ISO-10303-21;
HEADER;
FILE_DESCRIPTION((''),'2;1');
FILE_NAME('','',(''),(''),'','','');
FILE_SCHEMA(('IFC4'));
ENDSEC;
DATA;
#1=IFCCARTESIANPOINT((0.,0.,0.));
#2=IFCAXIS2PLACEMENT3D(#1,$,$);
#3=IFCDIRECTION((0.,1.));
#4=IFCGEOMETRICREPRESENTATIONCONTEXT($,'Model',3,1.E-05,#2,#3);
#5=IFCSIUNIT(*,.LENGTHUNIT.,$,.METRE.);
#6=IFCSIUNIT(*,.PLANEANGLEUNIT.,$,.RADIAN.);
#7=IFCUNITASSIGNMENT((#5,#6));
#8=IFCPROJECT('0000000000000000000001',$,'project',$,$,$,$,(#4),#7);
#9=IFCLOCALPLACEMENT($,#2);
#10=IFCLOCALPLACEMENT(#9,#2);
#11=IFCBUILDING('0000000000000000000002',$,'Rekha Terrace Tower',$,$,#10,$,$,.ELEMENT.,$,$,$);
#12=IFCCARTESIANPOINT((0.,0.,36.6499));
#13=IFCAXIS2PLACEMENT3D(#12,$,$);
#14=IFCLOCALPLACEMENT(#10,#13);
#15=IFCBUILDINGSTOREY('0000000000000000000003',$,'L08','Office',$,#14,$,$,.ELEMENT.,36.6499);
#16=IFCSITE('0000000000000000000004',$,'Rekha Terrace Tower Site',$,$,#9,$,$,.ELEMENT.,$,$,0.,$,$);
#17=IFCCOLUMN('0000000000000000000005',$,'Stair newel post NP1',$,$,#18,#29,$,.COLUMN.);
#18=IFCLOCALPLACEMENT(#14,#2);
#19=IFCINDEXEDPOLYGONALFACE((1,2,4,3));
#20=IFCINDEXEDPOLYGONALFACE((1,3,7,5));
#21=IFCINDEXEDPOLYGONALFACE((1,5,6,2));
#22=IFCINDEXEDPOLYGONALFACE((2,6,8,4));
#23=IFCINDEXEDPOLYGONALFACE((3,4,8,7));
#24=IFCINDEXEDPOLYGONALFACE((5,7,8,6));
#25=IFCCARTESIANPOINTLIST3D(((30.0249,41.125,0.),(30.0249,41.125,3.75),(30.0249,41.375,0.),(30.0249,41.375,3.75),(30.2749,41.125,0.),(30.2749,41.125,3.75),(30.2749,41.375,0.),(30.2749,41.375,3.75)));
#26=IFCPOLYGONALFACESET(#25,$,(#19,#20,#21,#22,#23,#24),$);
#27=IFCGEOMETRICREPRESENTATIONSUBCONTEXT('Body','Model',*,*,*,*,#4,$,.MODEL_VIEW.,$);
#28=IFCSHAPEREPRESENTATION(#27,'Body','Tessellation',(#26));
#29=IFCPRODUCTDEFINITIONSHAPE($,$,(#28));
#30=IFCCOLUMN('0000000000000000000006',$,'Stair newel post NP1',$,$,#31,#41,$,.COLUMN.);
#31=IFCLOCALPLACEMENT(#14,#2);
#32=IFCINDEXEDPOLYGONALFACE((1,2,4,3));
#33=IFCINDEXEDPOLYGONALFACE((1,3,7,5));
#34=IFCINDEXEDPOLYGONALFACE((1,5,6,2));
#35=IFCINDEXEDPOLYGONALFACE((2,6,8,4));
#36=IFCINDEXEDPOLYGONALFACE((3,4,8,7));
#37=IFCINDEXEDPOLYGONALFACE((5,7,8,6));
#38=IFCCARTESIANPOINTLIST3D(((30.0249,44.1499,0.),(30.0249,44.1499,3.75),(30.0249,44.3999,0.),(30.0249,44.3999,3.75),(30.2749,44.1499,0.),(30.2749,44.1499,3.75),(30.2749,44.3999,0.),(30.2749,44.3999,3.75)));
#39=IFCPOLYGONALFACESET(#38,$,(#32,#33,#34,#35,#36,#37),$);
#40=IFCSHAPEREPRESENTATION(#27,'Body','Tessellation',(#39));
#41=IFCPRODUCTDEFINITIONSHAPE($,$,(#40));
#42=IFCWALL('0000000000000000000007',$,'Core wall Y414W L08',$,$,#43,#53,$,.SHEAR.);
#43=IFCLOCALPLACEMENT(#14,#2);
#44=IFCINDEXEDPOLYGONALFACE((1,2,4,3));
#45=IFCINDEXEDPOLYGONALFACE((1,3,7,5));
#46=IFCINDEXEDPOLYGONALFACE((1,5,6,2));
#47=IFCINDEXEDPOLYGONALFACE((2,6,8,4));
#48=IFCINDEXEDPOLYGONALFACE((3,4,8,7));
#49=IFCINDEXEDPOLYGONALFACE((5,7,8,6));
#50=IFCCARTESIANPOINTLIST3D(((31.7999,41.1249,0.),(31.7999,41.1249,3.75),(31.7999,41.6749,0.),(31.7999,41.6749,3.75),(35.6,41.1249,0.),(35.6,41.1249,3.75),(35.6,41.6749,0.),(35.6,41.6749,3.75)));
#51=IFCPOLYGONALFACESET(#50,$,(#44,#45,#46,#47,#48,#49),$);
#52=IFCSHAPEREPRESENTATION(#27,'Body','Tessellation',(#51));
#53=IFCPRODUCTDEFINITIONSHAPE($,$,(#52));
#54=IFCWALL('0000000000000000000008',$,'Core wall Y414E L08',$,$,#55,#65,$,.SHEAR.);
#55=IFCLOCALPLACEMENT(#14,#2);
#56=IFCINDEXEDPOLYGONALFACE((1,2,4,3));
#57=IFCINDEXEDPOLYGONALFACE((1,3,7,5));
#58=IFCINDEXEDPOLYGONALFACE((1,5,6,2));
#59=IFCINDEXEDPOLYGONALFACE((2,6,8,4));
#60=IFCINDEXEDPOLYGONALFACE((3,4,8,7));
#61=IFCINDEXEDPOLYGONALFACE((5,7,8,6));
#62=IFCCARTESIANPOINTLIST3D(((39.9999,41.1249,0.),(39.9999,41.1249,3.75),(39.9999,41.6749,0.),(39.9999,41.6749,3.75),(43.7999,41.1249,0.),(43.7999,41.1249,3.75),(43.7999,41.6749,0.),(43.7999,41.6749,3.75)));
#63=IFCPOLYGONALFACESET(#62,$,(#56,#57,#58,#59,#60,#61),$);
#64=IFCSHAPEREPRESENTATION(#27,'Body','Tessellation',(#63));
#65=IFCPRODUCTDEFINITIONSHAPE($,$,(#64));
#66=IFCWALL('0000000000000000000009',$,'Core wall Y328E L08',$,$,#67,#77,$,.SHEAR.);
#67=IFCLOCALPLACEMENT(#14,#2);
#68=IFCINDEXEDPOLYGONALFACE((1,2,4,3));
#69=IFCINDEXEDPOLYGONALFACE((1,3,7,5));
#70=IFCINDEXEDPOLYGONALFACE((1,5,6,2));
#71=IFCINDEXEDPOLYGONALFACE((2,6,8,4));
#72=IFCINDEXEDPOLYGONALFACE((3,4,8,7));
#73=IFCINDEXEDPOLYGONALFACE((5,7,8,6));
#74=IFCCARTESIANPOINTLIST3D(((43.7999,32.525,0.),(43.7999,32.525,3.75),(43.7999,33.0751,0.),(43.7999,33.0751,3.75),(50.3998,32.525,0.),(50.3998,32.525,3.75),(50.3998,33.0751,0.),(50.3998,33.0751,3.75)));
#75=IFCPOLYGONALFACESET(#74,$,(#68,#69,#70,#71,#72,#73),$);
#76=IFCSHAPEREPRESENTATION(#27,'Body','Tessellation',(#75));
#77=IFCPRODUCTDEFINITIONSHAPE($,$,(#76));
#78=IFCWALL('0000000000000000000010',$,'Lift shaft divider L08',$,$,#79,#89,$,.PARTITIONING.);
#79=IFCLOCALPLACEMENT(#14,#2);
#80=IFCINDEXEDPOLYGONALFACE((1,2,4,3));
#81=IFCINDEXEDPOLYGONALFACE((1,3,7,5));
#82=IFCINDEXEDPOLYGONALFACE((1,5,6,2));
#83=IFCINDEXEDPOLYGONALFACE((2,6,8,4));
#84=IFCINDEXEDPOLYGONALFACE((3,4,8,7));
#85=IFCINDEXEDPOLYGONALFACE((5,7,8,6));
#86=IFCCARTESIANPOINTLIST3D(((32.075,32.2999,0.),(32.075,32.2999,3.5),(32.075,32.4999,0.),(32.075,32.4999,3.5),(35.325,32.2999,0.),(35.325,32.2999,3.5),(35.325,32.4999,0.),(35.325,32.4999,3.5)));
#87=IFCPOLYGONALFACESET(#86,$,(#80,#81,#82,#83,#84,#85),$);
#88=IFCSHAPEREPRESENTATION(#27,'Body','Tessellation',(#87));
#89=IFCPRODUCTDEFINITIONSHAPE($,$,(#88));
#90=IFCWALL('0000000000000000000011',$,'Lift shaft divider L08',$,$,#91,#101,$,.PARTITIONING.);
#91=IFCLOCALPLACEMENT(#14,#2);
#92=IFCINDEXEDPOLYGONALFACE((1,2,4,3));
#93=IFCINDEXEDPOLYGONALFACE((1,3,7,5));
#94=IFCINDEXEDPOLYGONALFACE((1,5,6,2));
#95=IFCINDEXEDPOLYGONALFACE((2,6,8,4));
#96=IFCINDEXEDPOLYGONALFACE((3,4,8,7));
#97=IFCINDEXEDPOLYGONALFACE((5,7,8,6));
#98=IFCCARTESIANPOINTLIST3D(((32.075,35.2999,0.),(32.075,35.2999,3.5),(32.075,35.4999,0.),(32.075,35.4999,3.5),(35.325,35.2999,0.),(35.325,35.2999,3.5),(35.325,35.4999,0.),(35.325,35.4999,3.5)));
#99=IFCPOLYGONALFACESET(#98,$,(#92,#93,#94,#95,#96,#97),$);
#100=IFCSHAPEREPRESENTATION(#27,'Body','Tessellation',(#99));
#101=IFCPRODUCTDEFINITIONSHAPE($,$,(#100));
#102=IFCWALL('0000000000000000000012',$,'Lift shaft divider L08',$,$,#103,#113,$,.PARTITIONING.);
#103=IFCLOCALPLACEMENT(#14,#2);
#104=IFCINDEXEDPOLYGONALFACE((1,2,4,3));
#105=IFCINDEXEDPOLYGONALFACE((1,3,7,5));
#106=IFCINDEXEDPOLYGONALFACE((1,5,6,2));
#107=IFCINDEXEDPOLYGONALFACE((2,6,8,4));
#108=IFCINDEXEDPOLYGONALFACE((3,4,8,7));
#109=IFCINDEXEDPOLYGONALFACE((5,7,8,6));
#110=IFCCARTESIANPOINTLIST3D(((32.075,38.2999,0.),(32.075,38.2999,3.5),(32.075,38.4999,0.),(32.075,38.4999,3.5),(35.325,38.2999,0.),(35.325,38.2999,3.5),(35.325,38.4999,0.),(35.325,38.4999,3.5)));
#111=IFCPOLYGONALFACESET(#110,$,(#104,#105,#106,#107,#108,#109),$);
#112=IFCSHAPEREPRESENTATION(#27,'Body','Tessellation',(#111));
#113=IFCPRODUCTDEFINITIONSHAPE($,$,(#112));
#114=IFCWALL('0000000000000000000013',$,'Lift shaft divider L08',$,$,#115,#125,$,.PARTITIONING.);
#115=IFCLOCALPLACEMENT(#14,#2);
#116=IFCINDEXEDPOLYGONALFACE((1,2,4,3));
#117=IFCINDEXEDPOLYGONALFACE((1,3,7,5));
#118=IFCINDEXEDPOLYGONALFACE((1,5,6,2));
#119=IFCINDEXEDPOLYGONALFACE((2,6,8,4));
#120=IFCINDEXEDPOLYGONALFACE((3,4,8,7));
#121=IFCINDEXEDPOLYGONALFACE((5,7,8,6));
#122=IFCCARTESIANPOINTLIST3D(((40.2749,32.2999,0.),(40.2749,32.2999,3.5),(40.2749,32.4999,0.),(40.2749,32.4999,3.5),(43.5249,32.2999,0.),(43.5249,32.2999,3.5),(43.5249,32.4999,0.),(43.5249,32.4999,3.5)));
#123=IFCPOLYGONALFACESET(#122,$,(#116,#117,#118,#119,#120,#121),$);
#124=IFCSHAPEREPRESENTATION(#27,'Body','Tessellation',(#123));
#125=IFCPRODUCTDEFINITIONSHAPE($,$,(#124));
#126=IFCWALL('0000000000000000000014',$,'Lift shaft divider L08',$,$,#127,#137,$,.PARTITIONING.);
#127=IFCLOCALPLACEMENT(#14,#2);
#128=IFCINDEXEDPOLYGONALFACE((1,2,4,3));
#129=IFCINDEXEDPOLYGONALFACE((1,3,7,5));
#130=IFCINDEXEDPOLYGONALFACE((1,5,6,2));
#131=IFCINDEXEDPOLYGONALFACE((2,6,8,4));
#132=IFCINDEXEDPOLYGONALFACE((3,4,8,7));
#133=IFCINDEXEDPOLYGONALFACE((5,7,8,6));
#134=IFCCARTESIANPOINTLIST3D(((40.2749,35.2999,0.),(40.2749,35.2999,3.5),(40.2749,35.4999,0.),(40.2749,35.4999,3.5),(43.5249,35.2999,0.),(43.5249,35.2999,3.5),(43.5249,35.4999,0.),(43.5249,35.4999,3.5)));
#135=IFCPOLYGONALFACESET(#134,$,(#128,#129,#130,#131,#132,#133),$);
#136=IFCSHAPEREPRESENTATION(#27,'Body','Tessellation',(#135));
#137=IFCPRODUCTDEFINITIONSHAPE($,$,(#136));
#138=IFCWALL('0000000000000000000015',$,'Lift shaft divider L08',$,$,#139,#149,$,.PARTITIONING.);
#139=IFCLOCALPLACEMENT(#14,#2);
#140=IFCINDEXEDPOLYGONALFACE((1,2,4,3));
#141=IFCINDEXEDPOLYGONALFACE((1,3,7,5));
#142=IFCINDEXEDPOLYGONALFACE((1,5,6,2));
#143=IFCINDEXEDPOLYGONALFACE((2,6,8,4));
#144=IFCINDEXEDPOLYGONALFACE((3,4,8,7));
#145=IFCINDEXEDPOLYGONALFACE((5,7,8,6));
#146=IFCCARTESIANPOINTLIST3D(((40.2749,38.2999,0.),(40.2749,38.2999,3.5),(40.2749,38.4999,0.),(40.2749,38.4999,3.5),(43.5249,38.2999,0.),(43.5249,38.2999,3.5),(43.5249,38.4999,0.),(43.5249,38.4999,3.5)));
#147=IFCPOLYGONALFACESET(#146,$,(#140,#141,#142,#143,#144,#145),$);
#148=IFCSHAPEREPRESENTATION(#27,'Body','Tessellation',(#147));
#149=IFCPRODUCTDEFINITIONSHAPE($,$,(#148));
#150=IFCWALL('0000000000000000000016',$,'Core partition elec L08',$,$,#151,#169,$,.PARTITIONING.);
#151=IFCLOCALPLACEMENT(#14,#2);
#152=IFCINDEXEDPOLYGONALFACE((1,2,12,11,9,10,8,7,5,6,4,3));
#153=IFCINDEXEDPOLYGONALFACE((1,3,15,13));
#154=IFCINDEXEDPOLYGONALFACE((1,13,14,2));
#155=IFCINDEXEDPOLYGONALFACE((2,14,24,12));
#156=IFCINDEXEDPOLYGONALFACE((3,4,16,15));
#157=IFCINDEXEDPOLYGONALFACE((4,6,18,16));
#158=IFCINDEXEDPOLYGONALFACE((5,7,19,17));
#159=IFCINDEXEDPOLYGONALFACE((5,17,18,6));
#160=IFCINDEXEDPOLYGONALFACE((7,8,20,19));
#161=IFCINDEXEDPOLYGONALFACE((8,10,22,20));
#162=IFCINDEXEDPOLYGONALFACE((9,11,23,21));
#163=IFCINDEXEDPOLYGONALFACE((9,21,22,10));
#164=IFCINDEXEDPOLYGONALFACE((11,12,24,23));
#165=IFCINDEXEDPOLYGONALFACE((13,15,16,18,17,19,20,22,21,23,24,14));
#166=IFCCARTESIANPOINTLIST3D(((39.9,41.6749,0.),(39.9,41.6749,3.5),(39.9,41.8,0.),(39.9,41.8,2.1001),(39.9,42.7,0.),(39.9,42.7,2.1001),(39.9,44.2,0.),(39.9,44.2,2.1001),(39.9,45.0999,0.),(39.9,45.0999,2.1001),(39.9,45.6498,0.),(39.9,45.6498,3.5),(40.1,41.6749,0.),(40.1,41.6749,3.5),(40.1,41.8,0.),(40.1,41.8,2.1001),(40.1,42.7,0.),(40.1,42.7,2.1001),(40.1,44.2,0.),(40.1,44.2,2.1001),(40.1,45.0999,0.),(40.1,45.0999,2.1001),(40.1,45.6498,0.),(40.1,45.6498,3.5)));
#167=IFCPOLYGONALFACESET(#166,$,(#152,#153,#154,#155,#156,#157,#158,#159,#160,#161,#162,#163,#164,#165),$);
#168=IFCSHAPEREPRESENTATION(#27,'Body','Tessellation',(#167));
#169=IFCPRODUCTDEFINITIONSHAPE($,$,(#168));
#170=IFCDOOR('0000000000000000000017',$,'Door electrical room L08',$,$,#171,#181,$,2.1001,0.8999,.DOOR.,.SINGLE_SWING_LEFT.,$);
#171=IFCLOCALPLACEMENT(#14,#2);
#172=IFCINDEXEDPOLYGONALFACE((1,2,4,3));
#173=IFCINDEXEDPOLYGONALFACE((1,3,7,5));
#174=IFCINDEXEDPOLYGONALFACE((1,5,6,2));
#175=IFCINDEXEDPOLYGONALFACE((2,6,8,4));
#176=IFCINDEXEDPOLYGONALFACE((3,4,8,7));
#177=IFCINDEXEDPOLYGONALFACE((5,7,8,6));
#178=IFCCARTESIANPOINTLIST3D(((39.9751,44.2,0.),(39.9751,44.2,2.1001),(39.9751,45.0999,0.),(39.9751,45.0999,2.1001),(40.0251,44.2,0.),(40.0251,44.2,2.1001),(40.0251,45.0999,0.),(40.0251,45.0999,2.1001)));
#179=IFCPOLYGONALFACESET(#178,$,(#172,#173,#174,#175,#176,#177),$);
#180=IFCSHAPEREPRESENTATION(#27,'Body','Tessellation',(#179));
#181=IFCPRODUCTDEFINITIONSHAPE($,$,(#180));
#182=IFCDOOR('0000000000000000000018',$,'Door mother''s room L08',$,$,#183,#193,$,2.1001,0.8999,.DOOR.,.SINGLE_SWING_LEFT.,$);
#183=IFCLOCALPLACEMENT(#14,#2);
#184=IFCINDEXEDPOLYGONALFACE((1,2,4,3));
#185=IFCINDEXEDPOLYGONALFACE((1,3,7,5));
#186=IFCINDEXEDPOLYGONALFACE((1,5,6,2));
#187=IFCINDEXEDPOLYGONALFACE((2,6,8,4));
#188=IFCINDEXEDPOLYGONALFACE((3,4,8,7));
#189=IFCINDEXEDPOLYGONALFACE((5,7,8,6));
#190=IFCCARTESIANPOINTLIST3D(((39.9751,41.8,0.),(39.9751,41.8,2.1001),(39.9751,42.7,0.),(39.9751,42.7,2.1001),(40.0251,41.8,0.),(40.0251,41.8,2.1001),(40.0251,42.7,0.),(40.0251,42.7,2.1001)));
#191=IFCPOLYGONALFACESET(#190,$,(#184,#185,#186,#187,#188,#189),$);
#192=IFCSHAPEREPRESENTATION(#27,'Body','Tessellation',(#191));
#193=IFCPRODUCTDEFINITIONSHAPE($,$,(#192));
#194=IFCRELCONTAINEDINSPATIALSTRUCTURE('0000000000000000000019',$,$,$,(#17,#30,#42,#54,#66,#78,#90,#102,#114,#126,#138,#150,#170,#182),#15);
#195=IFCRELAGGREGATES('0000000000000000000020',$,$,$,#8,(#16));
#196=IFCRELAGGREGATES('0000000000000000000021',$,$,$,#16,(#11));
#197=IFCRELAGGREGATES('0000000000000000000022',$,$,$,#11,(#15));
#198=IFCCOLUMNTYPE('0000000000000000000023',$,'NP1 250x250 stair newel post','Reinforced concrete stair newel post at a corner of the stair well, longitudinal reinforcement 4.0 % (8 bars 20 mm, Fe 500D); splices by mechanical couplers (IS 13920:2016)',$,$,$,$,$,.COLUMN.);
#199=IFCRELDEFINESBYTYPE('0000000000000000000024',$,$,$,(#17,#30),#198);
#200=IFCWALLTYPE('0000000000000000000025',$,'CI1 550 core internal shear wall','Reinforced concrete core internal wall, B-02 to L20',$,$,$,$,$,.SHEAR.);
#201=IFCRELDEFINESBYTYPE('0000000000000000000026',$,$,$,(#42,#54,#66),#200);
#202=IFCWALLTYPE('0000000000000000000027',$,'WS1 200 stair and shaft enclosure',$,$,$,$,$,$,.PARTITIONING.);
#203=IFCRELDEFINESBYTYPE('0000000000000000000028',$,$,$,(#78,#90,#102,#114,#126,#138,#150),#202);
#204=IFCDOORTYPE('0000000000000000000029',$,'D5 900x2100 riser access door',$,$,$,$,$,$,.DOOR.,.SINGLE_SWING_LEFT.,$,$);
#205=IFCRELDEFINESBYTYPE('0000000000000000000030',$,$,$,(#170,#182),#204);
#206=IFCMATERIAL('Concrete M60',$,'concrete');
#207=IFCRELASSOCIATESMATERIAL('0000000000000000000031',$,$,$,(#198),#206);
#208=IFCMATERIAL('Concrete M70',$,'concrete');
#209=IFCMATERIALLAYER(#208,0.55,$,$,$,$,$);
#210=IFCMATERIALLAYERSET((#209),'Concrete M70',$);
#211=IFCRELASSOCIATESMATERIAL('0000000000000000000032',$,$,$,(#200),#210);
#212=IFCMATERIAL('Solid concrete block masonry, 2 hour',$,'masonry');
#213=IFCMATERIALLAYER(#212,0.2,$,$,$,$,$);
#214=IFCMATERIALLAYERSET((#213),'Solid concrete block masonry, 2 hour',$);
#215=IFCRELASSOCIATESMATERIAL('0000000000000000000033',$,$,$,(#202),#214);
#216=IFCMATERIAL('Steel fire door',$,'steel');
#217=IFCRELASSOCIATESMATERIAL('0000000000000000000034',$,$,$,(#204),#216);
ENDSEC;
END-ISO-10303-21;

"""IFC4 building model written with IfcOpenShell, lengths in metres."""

from ifc_helpers import new_model, si_unit, direction, frame, frame_2d, origin, origin_2d, place, context, subcontext, project, spatial, rectangle, extrude, material, layer, layer_set, material_profile, profile_set, type_object, element, fill, save


model = new_model("IFC4")

# Units and contexts
model_context = context("Model", 3, precision=1e-05, world=origin(), true_north=direction((0.0, 1.0)))
body_context = subcontext(model_context, "Body", "Model", "MODEL_VIEW")
ifc_project = project(units=[si_unit("LENGTHUNIT", "METRE"), si_unit("PLANEANGLEUNIT", "RADIAN")], contexts=[model_context])

# Site, building, storey
site_placement = place(None, origin())
site = spatial("IfcSite", under=ifc_project, at=site_placement, Name="Rekha Terrace Tower Site", CompositionType="ELEMENT", RefElevation=0.0)
building_placement = place(site_placement, origin())
building = spatial("IfcBuilding", under=site, at=building_placement, Name="Rekha Terrace Tower", CompositionType="ELEMENT")
storey_placement = place(building_placement, frame((0.0, 0.0, 36.6499)))
storey = spatial("IfcBuildingStorey", under=building, at=storey_placement, Name="L08", Description="Office", CompositionType="ELEMENT", Elevation=36.6499)

# Columns
ifc_material_1 = material(Name="Concrete M60", Category="concrete")
ifc_material_profile = material_profile(ifc_material_1, rectangle(XDim=0.25, YDim=0.25, at=origin_2d()), Name="RC 250x250")
ifc_profile_set = profile_set([ifc_material_profile], Name="Concrete M60")
column_type = type_object("IfcColumnType", Name="NP1 250x250 stair newel post", Description="Reinforced concrete stair newel post at a corner of the stair well, longitudinal reinforcement 4.0 % (8 bars 20 mm, Fe 500D); splices by mechanical couplers (IS 13920:2016)", PredefinedType="COLUMN", material=ifc_profile_set)
for number, where, z_axis, x_axis, name in (
    (1, (30.1499, 41.25, 0.0), (0.0, 0.0, 1.0), (1.0, 0.0, 0.0), "Stair newel post NP1"),
    (2, (30.1499, 44.2749, 0.0), (0.0, 0.0, 1.0), (1.0, 0.0, 0.0), "Stair newel post NP1"),
):
    element("IfcColumn", number, at=place(storey_placement, frame(where, z_axis=z_axis, x_axis=x_axis)), inside=storey, type_object=column_type, Name=name, PredefinedType="COLUMN", context=body_context, shape_type="SweptSolid", body=[
        extrude(rectangle(XDim=0.25, YDim=0.25, at=origin_2d()), origin(), (0.0, 0.0, 1.0), 3.75),
    ])

# Walls
ifc_material_2 = material(Name="Concrete M70", Category="concrete")
ifc_layer_1 = layer(ifc_material_2, 0.55)
ifc_layer_set_1 = layer_set([ifc_layer_1], Name="Concrete M70")
wall_type_1 = type_object("IfcWallType", Name="CI1 550 core internal shear wall", Description="Reinforced concrete core internal wall, B-02 to L20", PredefinedType="SHEAR", material=ifc_layer_set_1)
for number, where, z_axis, x_axis, name in (
    (3, (31.8, 41.3999, 0.0), (0.0, 0.0, 1.0), (1.0, 0.0, 0.0), "Core wall Y414W L08"),
    (4, (40.0, 41.3999, 0.0), (0.0, 0.0, 1.0), (1.0, 0.0, 0.0), "Core wall Y414E L08"),
):
    element("IfcWall", number, at=place(storey_placement, frame(where, z_axis=z_axis, x_axis=x_axis)), inside=storey, type_object=wall_type_1, Name=name, PredefinedType="SHEAR", context=body_context, shape_type="SweptSolid", body=[
        extrude(rectangle(XDim=3.8, YDim=0.55, at=frame_2d((1.8999, 0.0))), origin(), (0.0, 0.0, 1.0), 3.75),
    ])
wall_1_placement = place(storey_placement, frame((43.8, 32.8, 0.0), z_axis=(0.0, 0.0, 1.0), x_axis=(1.0, 0.0, 0.0)))
element("IfcWall", 5, at=wall_1_placement, inside=storey, type_object=wall_type_1, Name="Core wall Y328E L08", PredefinedType="SHEAR", context=body_context, shape_type="SweptSolid", body=[
    extrude(rectangle(XDim=6.5999, YDim=0.55, at=frame_2d((3.2998, 0.0))), origin(), (0.0, 0.0, 1.0), 3.75),
])
ifc_material_3 = material(Name="Solid concrete block masonry, 2 hour", Category="masonry")
ifc_layer_2 = layer(ifc_material_3, 0.2)
ifc_layer_set_2 = layer_set([ifc_layer_2], Name="Solid concrete block masonry, 2 hour")
wall_type_2 = type_object("IfcWallType", Name="WS1 200 stair and shaft enclosure", PredefinedType="PARTITIONING", material=ifc_layer_set_2)
for number, where, z_axis, x_axis, name in (
    (6, (32.075, 32.3999, 0.0), (0.0, 0.0, 1.0), (1.0, 0.0, 0.0), "Lift shaft divider L08"),
    (7, (32.075, 35.3999, 0.0), (0.0, 0.0, 1.0), (1.0, 0.0, 0.0), "Lift shaft divider L08"),
    (8, (32.075, 38.3999, 0.0), (0.0, 0.0, 1.0), (1.0, 0.0, 0.0), "Lift shaft divider L08"),
    (9, (40.2749, 32.3999, 0.0), (0.0, 0.0, 1.0), (1.0, 0.0, 0.0), "Lift shaft divider L08"),
    (10, (40.2749, 35.3999, 0.0), (0.0, 0.0, 1.0), (1.0, 0.0, 0.0), "Lift shaft divider L08"),
    (11, (40.2749, 38.3999, 0.0), (0.0, 0.0, 1.0), (1.0, 0.0, 0.0), "Lift shaft divider L08"),
):
    element("IfcWall", number, at=place(storey_placement, frame(where, z_axis=z_axis, x_axis=x_axis)), inside=storey, type_object=wall_type_2, Name=name, PredefinedType="PARTITIONING", context=body_context, shape_type="SweptSolid", body=[
        extrude(rectangle(XDim=3.25, YDim=0.2, at=frame_2d((1.625, 0.0))), origin(), (0.0, 0.0, 1.0), 3.5),
    ])

# Wall, openings, doors
wall_2_placement = place(storey_placement, frame((40.0, 41.675, 0.0), z_axis=(0.0, 0.0, 1.0), x_axis=(0.0, 1.0, 0.0)))
wall_2 = element("IfcWall", 12, at=wall_2_placement, inside=storey, type_object=wall_type_2, Name="Core partition elec L08", PredefinedType="PARTITIONING", context=body_context, shape_type="SweptSolid", body=[
    extrude(rectangle(XDim=3.9749, YDim=0.2, at=frame_2d((1.9873, 0.0))), origin(), (0.0, 0.0, 1.0), 3.5),
])
opening_1_placement = place(wall_2_placement, frame((2.5249, 0.0, 0.0)))
opening_1 = element("IfcOpeningElement", 13, at=opening_1_placement, cuts=wall_2, PredefinedType="OPENING", context=body_context, shape_type="SweptSolid", body=[
    extrude(rectangle(XDim=0.8999, YDim=2.1001, at=frame_2d((0.45, 1.05))), frame((0.0, 0.1099, 0.0), z_axis=(0.0, -1.0, 0.0), x_axis=(1.0, 0.0, 0.0)), (0.0, 0.0, 1.0), 0.22),
])
opening_2_placement = place(wall_2_placement, frame((0.125, 0.0, 0.0)))
opening_2 = element("IfcOpeningElement", 14, at=opening_2_placement, cuts=wall_2, PredefinedType="OPENING", context=body_context, shape_type="SweptSolid", body=[
    extrude(rectangle(XDim=0.8999, YDim=2.1001, at=frame_2d((0.45, 1.05))), frame((0.0, 0.1099, 0.0), z_axis=(0.0, -1.0, 0.0), x_axis=(1.0, 0.0, 0.0)), (0.0, 0.0, 1.0), 0.22),
])
ifc_material_4 = material(Name="Steel fire door", Category="steel")
door_type_1 = type_object("IfcDoorType", Name="D5 900x2100 riser access door", OperationType="SINGLE_SWING_LEFT", PredefinedType="DOOR", material=ifc_material_4)
door_1_placement = place(opening_1_placement, origin())
door_1 = element("IfcDoor", 15, at=door_1_placement, inside=storey, type_object=door_type_1, Name="Door electrical room L08", OperationType="SINGLE_SWING_LEFT", OverallHeight=2.1001, OverallWidth=0.8999, PredefinedType="DOOR", context=body_context, shape_type="SweptSolid", body=[
    extrude(rectangle(XDim=0.8999, YDim=2.1001, at=frame_2d((0.45, 1.05))), frame((0.0, 0.0249, 0.0), z_axis=(0.0, -1.0, 0.0), x_axis=(1.0, 0.0, 0.0)), (0.0, 0.0, 1.0), 0.05),
])
fill(opening_1, door_1)
door_2_placement = place(opening_2_placement, origin())
door_2 = element("IfcDoor", 16, at=door_2_placement, inside=storey, type_object=door_type_1, Name="Door mother's room L08", OperationType="SINGLE_SWING_LEFT", OverallHeight=2.1001, OverallWidth=0.8999, PredefinedType="DOOR", context=body_context, shape_type="SweptSolid", body=[
    extrude(rectangle(XDim=0.8999, YDim=2.1001, at=frame_2d((0.45, 1.05))), frame((0.0, 0.0249, 0.0), z_axis=(0.0, -1.0, 0.0), x_axis=(1.0, 0.0, 0.0)), (0.0, 0.0, 1.0), 0.05),
])
fill(opening_2, door_2)

save(model, "model.ifc")
